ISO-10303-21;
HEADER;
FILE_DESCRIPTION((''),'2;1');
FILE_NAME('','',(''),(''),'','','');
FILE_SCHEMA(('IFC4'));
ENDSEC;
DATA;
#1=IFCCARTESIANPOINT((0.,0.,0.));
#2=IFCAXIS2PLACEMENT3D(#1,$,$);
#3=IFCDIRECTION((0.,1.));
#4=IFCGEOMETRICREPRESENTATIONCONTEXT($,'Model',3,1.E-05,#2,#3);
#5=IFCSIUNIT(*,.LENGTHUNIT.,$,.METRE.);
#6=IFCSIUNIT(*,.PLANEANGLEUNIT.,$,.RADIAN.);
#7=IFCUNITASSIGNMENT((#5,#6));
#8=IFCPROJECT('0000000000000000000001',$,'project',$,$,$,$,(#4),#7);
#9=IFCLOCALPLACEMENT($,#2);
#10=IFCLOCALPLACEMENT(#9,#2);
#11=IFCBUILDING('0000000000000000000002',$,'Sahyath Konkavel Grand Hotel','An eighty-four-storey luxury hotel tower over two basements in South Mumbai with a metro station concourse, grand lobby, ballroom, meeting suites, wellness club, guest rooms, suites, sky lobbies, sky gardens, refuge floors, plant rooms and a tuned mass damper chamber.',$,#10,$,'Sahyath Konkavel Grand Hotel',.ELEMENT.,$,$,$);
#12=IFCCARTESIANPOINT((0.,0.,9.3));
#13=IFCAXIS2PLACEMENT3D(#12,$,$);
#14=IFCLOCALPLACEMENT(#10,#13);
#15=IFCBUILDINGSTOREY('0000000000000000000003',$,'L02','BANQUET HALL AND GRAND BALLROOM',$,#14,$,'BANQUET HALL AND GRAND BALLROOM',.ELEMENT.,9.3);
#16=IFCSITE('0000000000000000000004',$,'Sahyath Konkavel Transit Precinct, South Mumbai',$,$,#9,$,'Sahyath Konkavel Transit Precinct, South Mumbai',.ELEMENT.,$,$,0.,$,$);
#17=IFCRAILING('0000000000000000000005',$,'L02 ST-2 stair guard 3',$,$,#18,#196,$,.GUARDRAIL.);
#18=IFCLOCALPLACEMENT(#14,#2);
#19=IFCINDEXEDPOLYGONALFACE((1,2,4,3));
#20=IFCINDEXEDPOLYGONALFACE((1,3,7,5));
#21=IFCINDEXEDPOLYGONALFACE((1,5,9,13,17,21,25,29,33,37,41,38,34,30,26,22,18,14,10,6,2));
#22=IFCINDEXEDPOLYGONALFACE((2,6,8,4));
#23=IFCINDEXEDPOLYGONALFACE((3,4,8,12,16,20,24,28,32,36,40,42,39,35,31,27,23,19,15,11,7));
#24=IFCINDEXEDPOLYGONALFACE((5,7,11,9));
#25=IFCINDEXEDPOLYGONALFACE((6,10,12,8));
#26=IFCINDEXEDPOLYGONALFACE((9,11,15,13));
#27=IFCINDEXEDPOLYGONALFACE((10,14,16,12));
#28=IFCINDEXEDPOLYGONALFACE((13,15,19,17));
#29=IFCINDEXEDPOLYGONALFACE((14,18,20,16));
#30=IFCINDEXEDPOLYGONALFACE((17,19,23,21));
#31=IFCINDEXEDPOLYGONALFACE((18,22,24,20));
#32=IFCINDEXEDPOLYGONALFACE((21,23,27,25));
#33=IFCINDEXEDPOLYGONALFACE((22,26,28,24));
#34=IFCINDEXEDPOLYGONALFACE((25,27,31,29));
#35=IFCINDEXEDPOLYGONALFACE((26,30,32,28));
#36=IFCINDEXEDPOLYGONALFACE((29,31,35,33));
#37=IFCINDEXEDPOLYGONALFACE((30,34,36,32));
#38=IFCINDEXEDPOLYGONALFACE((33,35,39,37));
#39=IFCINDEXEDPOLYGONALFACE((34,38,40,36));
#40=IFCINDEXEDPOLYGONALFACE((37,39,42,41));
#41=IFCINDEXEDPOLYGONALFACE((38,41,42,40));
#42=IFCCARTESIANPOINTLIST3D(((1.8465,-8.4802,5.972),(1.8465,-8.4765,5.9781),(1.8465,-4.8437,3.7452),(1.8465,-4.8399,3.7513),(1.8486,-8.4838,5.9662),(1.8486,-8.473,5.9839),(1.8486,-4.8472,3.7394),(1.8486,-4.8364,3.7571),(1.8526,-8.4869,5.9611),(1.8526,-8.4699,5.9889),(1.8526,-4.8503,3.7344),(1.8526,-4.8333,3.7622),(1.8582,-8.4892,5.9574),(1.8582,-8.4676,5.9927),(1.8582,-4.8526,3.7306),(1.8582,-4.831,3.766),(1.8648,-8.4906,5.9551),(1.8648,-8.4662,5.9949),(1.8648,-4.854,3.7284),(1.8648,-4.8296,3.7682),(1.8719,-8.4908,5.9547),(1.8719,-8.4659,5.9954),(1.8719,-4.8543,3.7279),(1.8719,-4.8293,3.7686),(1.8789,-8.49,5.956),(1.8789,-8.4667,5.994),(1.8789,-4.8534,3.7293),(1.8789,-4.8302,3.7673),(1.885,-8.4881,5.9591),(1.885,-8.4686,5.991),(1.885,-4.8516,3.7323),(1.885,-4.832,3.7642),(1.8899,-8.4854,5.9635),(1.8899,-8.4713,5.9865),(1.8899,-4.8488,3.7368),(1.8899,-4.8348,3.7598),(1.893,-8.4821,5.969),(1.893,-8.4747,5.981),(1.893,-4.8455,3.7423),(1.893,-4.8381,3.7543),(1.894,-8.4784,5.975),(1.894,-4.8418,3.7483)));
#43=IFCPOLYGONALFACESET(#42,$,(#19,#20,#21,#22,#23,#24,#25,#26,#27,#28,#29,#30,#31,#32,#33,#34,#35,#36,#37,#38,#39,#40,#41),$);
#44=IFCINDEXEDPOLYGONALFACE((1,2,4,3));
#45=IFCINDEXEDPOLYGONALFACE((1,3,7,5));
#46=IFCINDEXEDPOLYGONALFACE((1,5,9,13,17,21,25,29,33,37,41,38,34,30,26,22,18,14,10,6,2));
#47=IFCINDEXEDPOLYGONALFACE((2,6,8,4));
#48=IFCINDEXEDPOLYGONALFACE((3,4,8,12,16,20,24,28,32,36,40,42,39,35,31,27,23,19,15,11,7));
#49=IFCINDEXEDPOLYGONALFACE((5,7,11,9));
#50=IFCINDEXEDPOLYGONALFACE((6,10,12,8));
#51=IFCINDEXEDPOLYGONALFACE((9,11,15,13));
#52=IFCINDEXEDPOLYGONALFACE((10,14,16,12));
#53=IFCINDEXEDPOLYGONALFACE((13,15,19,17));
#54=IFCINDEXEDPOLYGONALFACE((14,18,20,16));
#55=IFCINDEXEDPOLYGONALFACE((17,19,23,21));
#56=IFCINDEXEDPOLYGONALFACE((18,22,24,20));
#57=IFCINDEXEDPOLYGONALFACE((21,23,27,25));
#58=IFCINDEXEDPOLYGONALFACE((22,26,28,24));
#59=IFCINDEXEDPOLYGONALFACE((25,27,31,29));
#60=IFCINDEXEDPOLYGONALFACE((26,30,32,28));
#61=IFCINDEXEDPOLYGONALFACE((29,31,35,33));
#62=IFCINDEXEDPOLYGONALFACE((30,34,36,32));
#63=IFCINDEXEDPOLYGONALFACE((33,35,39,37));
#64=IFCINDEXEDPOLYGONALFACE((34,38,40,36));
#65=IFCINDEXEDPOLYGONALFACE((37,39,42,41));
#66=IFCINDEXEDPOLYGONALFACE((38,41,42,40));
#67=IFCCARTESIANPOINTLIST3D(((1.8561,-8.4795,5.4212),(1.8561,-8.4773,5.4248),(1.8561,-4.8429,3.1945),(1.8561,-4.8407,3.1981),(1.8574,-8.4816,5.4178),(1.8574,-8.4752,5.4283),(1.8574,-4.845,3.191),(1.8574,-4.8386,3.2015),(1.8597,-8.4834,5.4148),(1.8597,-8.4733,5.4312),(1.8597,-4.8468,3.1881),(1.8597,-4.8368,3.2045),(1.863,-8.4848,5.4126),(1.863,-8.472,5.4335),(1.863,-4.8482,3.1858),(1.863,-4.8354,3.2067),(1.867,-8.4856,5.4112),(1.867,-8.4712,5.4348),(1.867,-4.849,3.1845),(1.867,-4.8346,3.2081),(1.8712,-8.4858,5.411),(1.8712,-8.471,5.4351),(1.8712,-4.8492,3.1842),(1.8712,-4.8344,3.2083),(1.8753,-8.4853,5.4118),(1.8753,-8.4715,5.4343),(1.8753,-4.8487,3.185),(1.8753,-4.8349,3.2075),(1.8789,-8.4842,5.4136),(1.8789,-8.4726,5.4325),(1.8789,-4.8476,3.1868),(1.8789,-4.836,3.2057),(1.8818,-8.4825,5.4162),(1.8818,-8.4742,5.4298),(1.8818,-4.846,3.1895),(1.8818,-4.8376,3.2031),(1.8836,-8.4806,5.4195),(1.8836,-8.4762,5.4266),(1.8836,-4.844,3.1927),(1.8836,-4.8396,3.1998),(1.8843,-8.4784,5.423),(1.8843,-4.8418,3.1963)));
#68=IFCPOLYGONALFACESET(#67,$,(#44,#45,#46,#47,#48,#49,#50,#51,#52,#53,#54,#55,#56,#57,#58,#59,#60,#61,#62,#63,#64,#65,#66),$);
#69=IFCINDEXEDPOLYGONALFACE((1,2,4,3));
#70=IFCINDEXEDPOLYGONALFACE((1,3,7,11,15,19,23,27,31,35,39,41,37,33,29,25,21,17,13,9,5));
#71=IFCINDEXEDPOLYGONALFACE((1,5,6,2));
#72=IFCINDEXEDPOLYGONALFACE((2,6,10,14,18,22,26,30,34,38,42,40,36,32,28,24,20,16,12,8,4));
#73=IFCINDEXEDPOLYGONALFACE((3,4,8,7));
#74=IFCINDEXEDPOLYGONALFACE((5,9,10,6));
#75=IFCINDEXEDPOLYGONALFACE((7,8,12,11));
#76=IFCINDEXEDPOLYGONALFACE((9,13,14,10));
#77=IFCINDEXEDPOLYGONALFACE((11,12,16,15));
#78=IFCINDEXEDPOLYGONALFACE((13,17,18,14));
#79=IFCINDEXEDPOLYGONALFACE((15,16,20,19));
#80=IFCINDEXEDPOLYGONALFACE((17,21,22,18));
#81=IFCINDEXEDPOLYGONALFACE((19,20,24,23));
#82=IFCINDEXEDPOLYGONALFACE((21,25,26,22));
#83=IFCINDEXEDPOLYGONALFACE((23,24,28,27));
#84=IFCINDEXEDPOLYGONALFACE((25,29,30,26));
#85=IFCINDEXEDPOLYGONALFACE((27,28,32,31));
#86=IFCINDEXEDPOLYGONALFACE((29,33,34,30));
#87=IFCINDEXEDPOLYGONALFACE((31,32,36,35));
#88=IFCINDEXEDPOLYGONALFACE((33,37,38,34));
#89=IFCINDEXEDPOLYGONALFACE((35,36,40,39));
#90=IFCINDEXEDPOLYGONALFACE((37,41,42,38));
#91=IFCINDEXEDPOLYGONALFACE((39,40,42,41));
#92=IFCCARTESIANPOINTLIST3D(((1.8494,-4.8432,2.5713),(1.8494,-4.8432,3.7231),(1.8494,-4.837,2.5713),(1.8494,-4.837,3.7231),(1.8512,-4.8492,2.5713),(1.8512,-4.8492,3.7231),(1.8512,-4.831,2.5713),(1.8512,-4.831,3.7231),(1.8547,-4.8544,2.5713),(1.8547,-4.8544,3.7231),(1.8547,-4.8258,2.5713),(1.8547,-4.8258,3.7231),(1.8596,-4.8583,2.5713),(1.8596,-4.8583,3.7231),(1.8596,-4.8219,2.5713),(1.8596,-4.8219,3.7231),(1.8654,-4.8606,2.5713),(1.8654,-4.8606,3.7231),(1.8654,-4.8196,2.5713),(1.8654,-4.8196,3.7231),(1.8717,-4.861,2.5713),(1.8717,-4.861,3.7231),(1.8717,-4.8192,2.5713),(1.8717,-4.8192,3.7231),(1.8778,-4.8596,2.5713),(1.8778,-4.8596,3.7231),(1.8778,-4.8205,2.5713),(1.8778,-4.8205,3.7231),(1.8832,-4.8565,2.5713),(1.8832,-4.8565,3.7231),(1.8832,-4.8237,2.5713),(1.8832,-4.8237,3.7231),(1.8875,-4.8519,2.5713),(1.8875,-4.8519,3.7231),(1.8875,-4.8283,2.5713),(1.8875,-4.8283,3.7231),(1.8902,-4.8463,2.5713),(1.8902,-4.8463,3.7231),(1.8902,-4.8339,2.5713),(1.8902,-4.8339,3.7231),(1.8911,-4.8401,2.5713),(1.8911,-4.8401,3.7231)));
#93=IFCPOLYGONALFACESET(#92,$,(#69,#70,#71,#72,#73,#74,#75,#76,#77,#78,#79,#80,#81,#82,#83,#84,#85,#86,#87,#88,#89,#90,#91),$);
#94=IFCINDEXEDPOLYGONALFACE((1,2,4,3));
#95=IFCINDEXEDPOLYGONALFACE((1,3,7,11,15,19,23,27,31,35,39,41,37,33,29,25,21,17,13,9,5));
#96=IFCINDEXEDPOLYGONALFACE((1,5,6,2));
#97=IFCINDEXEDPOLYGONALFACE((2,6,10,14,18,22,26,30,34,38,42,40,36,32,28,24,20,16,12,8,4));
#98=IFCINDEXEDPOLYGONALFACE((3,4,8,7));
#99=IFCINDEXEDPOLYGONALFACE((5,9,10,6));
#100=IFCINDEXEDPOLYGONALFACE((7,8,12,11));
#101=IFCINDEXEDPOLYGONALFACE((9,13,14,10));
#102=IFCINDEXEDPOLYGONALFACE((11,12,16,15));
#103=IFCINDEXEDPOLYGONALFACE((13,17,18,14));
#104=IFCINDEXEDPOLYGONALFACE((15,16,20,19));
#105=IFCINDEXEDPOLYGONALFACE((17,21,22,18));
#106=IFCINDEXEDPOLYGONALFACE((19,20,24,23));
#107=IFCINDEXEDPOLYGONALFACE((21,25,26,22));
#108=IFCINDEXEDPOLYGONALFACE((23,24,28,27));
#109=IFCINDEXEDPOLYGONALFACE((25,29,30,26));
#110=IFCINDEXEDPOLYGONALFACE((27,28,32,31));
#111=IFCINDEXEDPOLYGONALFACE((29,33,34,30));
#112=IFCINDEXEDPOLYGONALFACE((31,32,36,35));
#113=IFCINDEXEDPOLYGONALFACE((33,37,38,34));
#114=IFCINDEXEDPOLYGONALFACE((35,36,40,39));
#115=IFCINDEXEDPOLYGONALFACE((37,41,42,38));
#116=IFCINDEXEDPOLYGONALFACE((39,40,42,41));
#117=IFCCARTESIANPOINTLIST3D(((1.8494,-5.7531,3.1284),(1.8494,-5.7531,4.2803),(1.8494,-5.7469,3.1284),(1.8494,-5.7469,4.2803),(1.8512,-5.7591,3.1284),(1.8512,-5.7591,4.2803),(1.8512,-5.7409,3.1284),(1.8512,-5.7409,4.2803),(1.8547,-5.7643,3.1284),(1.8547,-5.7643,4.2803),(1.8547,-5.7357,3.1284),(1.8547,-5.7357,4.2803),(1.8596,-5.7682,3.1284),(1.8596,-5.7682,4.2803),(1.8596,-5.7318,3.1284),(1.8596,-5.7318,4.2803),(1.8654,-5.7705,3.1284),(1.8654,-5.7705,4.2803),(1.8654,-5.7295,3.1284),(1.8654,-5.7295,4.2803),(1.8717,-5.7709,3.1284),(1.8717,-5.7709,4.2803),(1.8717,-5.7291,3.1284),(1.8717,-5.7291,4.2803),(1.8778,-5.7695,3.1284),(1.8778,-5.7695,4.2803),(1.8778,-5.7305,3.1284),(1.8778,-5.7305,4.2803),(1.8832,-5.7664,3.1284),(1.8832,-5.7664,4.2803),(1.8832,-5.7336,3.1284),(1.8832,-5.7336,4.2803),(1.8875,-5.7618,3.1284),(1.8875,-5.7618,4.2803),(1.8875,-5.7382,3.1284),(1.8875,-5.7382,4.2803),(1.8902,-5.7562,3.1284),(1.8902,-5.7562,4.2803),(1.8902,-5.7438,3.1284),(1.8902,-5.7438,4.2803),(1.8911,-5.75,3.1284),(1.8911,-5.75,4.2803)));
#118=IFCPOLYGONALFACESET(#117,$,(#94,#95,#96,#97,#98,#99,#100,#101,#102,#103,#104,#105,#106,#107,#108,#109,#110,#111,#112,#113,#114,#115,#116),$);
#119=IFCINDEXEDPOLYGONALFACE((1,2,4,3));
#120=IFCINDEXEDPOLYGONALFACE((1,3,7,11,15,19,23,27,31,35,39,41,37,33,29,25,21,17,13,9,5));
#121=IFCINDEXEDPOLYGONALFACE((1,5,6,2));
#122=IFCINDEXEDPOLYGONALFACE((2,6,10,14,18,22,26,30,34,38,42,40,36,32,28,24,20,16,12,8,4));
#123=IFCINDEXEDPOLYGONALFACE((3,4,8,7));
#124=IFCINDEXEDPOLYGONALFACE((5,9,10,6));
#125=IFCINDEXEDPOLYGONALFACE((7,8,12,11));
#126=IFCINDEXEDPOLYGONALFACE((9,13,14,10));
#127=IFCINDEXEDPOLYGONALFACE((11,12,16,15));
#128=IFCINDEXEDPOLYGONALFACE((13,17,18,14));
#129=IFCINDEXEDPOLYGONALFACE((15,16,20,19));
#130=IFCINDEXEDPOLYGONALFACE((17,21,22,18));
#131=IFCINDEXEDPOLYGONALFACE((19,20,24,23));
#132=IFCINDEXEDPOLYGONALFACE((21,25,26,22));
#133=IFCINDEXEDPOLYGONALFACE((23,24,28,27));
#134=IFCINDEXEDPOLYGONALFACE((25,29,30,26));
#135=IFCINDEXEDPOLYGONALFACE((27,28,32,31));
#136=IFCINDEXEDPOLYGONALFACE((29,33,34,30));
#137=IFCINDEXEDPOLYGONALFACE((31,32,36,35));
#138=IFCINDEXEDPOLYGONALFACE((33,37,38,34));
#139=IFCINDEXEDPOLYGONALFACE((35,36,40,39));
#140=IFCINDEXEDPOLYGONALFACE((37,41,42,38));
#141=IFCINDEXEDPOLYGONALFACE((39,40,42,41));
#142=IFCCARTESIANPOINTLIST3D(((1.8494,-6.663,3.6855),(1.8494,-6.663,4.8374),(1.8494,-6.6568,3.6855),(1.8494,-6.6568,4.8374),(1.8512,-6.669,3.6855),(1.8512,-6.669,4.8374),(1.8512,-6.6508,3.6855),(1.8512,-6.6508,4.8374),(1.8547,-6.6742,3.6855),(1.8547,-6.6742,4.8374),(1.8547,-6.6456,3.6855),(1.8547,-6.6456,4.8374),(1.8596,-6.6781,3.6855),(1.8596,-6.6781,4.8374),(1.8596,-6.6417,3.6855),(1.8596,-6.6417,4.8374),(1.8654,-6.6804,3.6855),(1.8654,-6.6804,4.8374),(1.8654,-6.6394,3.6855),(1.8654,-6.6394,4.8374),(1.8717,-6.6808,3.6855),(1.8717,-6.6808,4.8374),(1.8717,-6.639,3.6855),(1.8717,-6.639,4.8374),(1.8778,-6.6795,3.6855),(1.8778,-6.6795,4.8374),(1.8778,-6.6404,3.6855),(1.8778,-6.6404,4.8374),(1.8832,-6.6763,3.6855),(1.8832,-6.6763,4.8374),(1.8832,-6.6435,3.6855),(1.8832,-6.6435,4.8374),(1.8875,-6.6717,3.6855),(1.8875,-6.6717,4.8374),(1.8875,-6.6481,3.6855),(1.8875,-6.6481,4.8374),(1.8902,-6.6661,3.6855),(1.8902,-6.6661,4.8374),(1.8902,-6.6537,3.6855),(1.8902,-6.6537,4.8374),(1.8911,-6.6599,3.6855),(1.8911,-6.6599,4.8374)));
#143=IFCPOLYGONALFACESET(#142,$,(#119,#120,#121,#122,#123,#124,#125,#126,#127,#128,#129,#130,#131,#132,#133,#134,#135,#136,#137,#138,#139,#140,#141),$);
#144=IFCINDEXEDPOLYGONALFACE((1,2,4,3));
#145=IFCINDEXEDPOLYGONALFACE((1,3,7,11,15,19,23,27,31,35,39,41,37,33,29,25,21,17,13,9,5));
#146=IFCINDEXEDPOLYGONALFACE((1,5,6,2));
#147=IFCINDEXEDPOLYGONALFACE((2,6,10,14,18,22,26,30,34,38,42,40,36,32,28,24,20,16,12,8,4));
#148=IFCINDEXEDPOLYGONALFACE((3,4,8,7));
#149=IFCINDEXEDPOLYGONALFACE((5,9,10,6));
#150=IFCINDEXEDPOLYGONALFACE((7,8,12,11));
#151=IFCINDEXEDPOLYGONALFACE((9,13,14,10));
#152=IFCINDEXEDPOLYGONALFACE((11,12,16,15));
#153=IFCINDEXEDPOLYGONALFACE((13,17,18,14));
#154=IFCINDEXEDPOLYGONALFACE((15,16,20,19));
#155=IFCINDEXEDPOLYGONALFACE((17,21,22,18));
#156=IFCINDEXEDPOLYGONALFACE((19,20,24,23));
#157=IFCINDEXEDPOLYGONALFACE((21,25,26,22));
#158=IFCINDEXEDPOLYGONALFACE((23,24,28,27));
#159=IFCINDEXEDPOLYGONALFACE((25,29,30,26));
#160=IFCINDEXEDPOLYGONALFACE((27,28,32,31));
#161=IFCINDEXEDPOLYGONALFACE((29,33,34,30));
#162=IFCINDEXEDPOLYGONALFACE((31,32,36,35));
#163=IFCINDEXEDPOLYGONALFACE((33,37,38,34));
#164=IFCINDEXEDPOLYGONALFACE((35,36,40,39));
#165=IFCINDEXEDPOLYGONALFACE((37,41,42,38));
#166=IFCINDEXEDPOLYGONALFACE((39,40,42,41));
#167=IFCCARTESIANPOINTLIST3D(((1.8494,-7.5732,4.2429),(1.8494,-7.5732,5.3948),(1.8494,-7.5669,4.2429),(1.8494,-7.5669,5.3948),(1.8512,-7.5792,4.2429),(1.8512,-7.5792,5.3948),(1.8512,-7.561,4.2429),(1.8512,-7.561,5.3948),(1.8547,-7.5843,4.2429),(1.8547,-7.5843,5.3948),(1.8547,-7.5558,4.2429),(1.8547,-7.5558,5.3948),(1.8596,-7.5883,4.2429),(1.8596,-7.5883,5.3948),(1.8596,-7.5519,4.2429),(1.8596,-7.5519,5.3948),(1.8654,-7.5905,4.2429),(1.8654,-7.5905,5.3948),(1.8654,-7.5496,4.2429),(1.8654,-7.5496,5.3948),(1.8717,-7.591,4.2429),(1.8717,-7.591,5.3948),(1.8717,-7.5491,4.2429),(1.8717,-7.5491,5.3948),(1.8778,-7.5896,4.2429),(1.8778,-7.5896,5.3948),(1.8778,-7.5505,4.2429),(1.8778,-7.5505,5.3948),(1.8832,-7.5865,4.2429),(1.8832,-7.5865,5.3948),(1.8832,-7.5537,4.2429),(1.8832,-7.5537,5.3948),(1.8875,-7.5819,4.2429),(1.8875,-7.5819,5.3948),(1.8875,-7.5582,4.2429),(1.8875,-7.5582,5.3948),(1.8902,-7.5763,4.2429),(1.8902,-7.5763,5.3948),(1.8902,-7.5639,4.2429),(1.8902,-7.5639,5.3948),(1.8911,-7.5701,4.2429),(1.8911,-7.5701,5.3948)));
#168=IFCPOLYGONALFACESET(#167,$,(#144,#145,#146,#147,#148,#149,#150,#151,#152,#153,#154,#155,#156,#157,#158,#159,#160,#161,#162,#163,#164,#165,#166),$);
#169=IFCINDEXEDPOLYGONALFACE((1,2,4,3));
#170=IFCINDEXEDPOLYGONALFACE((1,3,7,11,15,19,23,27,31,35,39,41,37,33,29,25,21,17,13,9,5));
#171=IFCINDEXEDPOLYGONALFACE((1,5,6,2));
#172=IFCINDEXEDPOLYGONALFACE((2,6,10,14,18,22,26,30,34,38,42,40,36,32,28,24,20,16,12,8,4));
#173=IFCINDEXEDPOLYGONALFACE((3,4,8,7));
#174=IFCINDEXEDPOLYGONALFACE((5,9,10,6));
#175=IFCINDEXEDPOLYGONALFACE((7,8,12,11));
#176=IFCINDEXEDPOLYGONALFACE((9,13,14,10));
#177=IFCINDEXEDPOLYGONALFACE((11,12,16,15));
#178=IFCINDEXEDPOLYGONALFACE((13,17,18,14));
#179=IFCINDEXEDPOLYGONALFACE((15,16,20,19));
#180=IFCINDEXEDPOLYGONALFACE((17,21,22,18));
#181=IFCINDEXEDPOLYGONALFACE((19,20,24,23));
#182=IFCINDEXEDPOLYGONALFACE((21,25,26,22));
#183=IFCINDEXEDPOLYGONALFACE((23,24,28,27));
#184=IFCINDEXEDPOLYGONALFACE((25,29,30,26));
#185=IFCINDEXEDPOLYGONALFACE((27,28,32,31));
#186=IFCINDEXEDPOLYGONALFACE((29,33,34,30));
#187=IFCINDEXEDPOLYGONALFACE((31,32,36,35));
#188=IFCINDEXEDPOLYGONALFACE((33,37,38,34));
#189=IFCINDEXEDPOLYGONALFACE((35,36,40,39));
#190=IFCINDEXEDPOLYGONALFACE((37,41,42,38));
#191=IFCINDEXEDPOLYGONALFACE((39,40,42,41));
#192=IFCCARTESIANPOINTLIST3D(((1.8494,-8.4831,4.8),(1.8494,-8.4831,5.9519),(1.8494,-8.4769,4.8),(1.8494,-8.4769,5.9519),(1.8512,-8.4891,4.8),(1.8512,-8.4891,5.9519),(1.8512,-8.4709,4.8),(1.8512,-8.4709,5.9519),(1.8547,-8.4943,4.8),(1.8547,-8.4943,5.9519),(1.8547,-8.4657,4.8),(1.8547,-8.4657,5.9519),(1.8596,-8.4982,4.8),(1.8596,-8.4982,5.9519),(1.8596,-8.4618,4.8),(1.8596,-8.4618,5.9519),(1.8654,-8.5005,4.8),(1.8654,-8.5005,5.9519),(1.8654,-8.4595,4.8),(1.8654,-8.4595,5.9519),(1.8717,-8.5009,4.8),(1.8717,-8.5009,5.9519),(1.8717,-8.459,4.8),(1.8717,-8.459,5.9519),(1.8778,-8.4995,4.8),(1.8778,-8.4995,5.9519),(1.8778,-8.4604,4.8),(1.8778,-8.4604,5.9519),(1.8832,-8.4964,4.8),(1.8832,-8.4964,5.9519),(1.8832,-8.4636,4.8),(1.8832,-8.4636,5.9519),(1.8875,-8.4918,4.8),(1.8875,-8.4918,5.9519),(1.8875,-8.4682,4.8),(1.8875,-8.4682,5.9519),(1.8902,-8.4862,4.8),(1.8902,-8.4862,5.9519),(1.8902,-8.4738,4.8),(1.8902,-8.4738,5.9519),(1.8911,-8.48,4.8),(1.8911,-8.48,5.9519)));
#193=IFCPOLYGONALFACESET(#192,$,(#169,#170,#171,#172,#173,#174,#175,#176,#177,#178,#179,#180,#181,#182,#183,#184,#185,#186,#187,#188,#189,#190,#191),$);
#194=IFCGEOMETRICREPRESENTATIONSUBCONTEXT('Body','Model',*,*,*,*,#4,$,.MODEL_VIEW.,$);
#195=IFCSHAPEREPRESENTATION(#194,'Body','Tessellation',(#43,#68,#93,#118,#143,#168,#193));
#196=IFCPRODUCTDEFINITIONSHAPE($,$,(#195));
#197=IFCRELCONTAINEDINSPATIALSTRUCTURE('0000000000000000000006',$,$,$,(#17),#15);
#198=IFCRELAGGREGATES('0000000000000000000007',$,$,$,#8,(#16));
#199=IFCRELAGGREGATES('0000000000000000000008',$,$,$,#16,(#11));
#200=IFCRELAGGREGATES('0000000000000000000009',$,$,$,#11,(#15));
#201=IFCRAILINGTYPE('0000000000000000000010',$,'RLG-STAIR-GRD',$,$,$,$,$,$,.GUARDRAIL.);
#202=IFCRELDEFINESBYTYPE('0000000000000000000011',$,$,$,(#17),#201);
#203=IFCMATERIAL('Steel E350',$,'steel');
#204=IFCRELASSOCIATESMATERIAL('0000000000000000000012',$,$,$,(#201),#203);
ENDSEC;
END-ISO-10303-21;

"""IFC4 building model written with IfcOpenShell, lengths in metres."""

from ifc_helpers import new_model, si_unit, direction, frame, origin, origin_2d, place, context, subcontext, project, spatial, circle, extrude, material, type_object, element, save


model = new_model("IFC4")

# Units and contexts
model_context = context("Model", 3, precision=1e-05, world=origin(), true_north=direction((0.0, 1.0)))
body_context = subcontext(model_context, "Body", "Model", "MODEL_VIEW")
ifc_project = project(units=[si_unit("LENGTHUNIT", "METRE"), si_unit("PLANEANGLEUNIT", "RADIAN")], contexts=[model_context])

# Site, building, storey
site_placement = place(None, origin())
site = spatial("IfcSite", under=ifc_project, at=site_placement, Name="Sahyath Konkavel Transit Precinct, South Mumbai", LongName="Sahyath Konkavel Transit Precinct, South Mumbai", CompositionType="ELEMENT", RefElevation=0.0)
building_placement = place(site_placement, origin())
building = spatial("IfcBuilding", under=site, at=building_placement, Name="Sahyath Konkavel Grand Hotel", Description="An eighty-four-storey luxury hotel tower over two basements in South Mumbai with a metro station concourse, grand lobby, ballroom, meeting suites, wellness club, guest rooms, suites, sky lobbies, sky gardens, refuge floors, plant rooms and a tuned mass damper chamber.", LongName="Sahyath Konkavel Grand Hotel", CompositionType="ELEMENT")
storey_placement = place(building_placement, frame((0.0, 0.0, 9.3)))
storey = spatial("IfcBuildingStorey", under=building, at=storey_placement, Name="L02", Description="BANQUET HALL AND GRAND BALLROOM", LongName="BANQUET HALL AND GRAND BALLROOM", CompositionType="ELEMENT", Elevation=9.3)

# Shared definitions
ifc_material_1 = material(Name="Steel E350", Category="steel")

# Railing
railing_type_1 = type_object("IfcRailingType", Name="RLG-STAIR-GRD", PredefinedType="GUARDRAIL", material=ifc_material_1)
railing_1_placement = place(storey_placement, frame((1.8701, -4.8401, 2.5713)))
element("IfcRailing", 1, at=railing_1_placement, inside=storey, type_object=railing_type_1, Name="L02 ST-2 stair guard 3", PredefinedType="GUARDRAIL", context=body_context, shape_type="SweptSolid", body=[
    extrude(circle(Radius=0.0239, at=origin_2d()), frame((0.0, -0.0017, 1.177), z_axis=(0.0, -0.852825, 0.522197), x_axis=(1.0, 0.0, 0.0)), (0.0, 0.0, 1.0), 4.2642),
    extrude(circle(Radius=0.0142, at=origin_2d()), frame((0.0, -0.0017, 0.625), z_axis=(0.0, -0.852825, 0.522197), x_axis=(1.0, 0.0, 0.0)), (0.0, 0.0, 1.0), 4.2642),
    extrude(circle(Radius=0.021, at=origin_2d()), origin(), (0.0, 0.0, 1.0), 1.1519),
    extrude(circle(Radius=0.021, at=origin_2d()), frame((0.0, -0.9099, 0.5571)), (0.0, 0.0, 1.0), 1.1519),
    extrude(circle(Radius=0.021, at=origin_2d()), frame((0.0, -1.8198, 1.1143)), (0.0, 0.0, 1.0), 1.1519),
    extrude(circle(Radius=0.021, at=origin_2d()), frame((0.0, -2.73, 1.6716)), (0.0, 0.0, 1.0), 1.1519),
    extrude(circle(Radius=0.021, at=origin_2d()), frame((0.0, -3.6399, 2.2288)), (0.0, 0.0, 1.0), 1.1519),
])

save(model, "model.ifc")
